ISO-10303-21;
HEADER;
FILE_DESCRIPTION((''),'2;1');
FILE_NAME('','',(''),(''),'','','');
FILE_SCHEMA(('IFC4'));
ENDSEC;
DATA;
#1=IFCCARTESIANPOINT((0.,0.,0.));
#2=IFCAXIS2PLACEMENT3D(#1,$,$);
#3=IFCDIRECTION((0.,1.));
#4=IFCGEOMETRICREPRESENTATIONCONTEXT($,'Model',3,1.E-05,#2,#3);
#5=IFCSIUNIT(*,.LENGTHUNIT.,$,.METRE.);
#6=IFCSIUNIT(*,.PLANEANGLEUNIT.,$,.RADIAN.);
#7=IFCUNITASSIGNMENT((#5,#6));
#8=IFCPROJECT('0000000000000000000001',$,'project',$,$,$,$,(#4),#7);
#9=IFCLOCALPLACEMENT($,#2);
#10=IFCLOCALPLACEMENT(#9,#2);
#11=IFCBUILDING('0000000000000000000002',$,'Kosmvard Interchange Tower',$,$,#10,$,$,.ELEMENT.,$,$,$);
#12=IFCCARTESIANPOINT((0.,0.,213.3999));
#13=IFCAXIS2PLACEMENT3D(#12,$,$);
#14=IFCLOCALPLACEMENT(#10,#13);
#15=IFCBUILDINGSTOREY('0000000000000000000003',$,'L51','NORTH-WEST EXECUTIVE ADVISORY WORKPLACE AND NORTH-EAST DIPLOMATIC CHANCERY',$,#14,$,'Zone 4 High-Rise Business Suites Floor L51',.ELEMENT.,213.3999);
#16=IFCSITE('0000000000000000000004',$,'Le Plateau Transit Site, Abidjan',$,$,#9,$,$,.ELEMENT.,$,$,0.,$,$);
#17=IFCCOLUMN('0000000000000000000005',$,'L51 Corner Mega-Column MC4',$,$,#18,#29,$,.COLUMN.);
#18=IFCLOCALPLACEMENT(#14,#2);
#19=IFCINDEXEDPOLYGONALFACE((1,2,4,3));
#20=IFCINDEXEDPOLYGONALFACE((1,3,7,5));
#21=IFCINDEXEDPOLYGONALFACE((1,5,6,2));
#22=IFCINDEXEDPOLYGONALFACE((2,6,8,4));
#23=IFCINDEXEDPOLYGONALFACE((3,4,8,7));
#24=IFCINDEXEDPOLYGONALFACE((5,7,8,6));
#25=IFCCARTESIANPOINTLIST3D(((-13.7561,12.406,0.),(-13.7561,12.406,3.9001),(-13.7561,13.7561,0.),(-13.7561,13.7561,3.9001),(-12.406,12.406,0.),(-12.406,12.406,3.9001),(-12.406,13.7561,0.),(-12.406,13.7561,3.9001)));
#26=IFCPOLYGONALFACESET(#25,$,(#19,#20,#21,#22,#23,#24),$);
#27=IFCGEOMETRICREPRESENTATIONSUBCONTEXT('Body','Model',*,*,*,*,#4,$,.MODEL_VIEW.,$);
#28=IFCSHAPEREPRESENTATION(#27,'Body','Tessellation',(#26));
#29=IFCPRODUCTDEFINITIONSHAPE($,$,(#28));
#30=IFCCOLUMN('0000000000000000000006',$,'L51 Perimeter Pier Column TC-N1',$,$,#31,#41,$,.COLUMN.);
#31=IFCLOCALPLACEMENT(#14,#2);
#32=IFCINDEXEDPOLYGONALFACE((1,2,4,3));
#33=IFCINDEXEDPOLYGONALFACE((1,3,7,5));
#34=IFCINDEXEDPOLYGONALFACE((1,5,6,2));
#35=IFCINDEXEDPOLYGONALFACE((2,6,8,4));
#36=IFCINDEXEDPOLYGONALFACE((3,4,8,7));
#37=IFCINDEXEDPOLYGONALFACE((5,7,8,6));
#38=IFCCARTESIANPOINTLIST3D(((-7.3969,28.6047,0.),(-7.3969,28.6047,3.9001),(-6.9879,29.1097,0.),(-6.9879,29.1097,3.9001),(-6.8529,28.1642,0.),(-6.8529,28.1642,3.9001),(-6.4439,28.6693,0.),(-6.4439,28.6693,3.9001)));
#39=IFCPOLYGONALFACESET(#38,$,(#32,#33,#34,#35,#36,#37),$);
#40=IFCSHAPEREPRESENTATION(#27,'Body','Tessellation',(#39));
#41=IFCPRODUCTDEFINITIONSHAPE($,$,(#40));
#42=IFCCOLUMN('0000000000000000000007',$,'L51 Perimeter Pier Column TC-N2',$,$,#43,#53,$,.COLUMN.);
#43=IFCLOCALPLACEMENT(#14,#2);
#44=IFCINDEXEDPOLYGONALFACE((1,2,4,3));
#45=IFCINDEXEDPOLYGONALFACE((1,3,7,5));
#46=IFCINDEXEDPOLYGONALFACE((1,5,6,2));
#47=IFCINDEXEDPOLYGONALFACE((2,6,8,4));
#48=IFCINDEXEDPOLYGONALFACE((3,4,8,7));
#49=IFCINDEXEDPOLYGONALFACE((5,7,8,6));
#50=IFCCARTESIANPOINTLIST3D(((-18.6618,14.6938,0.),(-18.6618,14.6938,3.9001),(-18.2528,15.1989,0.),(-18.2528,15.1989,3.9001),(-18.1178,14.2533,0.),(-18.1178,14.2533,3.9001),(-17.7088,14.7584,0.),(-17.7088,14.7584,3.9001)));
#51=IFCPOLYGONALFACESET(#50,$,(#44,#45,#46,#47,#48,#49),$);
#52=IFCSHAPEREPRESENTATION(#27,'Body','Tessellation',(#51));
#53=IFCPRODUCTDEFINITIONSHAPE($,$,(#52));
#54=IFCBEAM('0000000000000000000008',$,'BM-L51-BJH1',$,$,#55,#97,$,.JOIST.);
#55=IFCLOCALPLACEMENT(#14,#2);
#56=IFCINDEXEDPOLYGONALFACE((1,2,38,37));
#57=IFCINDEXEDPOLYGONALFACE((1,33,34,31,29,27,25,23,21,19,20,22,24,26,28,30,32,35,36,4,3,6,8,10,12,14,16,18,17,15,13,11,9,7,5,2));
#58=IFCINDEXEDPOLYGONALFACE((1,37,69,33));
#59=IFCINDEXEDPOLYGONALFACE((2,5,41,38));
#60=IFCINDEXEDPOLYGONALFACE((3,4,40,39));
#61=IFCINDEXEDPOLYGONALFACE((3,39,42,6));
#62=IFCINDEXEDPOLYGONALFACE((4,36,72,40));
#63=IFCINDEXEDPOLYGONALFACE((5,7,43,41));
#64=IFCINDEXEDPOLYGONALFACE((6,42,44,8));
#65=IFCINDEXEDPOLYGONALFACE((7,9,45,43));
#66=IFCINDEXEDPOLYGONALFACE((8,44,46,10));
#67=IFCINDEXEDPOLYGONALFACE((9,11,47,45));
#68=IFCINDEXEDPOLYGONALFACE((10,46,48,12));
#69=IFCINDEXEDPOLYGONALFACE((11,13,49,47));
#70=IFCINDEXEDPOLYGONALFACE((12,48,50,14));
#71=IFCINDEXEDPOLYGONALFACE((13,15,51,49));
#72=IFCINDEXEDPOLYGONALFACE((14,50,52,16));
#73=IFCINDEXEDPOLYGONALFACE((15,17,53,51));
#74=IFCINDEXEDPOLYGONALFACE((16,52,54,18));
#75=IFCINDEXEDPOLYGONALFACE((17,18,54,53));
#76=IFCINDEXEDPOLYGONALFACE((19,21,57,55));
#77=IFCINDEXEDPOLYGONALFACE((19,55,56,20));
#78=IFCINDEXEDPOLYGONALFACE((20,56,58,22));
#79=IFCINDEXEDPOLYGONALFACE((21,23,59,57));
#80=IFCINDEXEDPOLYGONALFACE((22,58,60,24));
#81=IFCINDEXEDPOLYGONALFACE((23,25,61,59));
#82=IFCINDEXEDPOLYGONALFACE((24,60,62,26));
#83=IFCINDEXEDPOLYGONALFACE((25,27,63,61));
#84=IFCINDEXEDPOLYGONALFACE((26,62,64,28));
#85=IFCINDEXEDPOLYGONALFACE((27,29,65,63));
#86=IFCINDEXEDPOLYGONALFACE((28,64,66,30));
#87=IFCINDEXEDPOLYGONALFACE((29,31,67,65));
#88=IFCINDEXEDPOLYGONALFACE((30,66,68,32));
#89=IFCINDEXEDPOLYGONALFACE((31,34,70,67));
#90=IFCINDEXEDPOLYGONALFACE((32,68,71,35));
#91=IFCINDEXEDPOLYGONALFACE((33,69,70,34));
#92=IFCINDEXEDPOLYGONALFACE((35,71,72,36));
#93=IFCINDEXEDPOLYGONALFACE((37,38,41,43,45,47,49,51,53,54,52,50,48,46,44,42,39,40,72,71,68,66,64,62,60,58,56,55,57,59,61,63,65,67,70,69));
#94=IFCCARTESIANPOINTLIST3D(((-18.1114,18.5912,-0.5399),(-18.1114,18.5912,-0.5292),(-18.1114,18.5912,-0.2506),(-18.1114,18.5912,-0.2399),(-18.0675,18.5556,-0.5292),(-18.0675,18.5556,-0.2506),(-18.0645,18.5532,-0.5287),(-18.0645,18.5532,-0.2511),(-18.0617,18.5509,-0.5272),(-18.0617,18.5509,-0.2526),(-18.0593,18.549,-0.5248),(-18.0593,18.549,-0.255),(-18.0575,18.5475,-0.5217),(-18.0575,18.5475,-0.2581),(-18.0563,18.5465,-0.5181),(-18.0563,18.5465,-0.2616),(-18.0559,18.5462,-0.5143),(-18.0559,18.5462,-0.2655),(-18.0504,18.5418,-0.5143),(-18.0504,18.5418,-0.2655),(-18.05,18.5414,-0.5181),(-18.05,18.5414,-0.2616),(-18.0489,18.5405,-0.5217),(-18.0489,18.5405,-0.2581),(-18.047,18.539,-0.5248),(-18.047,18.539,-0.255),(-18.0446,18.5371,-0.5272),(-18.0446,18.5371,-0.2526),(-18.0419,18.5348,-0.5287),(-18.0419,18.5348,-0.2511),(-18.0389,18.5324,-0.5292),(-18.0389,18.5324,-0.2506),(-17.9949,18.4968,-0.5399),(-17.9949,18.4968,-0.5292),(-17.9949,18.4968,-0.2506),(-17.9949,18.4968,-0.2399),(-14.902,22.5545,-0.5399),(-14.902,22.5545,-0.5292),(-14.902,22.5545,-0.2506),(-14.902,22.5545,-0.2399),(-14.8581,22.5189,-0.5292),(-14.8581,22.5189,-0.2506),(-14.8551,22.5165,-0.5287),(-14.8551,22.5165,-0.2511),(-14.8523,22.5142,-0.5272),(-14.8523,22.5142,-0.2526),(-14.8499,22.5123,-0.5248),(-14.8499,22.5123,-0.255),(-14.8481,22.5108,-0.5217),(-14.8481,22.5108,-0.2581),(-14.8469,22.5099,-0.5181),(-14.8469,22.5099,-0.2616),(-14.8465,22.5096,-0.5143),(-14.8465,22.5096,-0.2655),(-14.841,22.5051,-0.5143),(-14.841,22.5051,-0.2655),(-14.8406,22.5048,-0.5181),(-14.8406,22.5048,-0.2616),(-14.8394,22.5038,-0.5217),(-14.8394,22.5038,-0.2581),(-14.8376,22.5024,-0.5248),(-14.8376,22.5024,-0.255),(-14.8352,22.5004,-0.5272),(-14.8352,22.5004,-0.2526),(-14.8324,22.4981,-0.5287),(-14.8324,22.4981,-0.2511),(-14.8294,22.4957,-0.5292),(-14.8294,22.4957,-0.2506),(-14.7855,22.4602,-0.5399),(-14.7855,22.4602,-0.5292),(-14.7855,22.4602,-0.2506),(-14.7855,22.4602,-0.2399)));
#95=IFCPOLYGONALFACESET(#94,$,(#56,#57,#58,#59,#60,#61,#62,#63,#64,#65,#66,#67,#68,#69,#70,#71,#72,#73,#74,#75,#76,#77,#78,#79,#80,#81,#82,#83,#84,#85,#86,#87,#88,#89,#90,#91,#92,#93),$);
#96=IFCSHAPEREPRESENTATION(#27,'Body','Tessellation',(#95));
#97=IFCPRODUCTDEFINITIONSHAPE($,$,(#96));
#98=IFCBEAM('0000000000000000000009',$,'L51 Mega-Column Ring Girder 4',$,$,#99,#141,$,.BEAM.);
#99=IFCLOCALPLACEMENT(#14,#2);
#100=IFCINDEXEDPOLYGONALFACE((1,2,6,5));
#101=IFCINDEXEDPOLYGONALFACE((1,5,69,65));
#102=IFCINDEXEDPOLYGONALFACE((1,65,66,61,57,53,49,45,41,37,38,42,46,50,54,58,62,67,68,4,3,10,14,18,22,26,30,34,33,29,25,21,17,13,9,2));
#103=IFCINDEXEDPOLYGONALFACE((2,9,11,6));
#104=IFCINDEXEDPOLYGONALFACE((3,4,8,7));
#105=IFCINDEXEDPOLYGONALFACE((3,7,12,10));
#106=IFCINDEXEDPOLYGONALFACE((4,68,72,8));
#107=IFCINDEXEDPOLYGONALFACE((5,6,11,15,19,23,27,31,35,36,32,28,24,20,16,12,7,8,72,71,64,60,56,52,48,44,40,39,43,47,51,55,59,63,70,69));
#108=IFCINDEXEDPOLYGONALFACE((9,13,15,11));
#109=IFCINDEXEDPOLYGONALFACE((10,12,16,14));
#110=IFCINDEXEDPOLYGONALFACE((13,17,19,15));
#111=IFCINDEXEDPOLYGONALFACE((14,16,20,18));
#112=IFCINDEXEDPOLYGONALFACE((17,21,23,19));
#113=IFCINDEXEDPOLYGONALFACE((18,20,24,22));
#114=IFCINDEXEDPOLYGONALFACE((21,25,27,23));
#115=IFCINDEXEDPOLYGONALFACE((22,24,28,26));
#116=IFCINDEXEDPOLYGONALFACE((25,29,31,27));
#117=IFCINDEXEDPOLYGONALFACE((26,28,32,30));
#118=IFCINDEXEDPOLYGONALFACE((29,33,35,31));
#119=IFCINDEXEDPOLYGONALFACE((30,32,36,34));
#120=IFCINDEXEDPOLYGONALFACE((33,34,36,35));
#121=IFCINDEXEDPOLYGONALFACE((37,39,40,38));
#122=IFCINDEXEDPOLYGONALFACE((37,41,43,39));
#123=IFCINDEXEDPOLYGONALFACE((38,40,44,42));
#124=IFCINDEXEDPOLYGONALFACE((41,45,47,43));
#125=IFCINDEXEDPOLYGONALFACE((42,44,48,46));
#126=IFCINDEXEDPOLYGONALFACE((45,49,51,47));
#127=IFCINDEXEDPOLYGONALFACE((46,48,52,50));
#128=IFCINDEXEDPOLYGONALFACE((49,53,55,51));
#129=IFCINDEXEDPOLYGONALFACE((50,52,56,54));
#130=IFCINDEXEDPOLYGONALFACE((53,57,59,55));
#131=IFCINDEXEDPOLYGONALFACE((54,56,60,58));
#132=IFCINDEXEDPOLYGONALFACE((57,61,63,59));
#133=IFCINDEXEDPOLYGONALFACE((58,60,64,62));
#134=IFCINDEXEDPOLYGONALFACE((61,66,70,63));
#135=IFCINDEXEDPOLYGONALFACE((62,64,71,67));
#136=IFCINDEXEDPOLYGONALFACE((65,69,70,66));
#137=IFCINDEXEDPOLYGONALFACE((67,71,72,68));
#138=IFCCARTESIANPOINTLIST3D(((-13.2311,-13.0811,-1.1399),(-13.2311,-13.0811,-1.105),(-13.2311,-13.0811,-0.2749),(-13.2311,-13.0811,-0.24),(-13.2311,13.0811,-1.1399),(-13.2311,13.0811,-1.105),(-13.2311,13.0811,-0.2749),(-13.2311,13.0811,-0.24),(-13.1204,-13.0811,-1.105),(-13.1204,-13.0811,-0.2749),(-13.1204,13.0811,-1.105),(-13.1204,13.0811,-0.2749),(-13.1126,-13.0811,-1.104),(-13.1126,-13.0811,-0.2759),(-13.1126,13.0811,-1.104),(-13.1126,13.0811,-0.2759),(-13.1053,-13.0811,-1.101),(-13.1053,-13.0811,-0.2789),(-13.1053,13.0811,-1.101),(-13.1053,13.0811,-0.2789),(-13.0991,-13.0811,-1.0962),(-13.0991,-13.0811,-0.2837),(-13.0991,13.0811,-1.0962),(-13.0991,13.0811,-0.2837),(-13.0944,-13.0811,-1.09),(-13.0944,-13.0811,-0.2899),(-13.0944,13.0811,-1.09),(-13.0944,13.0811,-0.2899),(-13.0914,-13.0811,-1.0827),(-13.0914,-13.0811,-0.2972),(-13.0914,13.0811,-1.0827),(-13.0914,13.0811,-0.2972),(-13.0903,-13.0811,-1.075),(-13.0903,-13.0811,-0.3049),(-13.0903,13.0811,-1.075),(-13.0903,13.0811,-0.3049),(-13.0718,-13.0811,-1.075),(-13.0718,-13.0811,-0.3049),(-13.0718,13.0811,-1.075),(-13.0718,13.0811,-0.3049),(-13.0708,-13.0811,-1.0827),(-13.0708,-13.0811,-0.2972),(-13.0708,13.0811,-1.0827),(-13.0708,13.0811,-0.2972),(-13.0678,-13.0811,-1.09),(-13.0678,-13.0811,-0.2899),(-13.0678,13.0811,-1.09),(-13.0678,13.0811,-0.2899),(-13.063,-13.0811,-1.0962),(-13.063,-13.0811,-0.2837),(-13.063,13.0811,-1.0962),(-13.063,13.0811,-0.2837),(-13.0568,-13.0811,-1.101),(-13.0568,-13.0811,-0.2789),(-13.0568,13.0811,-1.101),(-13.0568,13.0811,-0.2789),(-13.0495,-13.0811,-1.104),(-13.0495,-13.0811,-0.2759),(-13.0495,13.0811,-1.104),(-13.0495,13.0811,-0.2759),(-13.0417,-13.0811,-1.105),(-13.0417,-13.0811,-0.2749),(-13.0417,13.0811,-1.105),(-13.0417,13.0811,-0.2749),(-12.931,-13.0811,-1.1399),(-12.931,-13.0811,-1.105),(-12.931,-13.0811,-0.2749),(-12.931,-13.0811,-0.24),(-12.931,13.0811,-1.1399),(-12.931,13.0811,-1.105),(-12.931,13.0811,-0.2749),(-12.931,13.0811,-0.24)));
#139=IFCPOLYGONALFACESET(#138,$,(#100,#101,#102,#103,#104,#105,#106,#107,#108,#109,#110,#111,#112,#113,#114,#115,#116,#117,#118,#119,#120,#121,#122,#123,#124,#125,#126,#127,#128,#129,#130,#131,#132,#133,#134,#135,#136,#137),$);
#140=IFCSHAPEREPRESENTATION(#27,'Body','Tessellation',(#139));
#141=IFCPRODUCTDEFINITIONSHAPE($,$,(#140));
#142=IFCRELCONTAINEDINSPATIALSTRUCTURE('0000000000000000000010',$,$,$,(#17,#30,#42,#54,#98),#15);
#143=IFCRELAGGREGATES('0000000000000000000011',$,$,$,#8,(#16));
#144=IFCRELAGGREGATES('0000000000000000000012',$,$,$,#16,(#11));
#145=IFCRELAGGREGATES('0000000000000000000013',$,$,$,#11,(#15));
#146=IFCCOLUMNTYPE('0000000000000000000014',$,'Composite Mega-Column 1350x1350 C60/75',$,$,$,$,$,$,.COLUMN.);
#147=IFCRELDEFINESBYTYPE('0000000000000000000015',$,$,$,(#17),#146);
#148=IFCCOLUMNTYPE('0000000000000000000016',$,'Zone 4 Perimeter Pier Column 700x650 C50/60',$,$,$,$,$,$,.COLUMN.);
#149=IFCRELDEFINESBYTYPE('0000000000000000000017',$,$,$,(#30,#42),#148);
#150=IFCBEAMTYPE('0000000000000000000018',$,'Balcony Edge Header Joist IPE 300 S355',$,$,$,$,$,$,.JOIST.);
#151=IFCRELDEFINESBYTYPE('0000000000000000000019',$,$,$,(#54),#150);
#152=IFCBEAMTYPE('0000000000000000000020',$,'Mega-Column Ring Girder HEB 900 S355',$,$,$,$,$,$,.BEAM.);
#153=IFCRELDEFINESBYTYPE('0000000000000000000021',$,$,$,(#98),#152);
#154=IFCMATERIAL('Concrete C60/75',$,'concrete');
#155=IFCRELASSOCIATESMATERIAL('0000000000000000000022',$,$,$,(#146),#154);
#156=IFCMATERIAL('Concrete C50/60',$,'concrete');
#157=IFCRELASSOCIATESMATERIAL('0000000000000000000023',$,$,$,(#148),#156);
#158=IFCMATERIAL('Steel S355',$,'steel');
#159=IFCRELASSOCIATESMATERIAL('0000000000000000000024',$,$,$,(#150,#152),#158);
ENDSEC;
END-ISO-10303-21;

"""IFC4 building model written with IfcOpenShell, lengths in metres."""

from ifc_helpers import new_model, si_unit, direction, frame, origin, origin_2d, place, context, subcontext, project, spatial, rectangle, i_section, extrude, source, transform, mapped, material, material_profile, profile_set, type_object, element, save


model = new_model("IFC4")

# Units and contexts
model_context = context("Model", 3, precision=1e-05, world=origin(), true_north=direction((0.0, 1.0)))
body_context = subcontext(model_context, "Body", "Model", "MODEL_VIEW")
ifc_project = project(units=[si_unit("LENGTHUNIT", "METRE"), si_unit("PLANEANGLEUNIT", "RADIAN")], contexts=[model_context])

# Site, building, storey
site_placement = place(None, origin())
site = spatial("IfcSite", under=ifc_project, at=site_placement, Name="Le Plateau Transit Site, Abidjan", CompositionType="ELEMENT", RefElevation=0.0)
building_placement = place(site_placement, origin())
building = spatial("IfcBuilding", under=site, at=building_placement, Name="Kosmvard Interchange Tower", CompositionType="ELEMENT")
storey_placement = place(building_placement, frame((0.0, 0.0, 213.3999)))
storey = spatial("IfcBuildingStorey", under=building, at=storey_placement, Name="L51", Description="NORTH-WEST EXECUTIVE ADVISORY WORKPLACE AND NORTH-EAST DIPLOMATIC CHANCERY", LongName="Zone 4 High-Rise Business Suites Floor L51", CompositionType="ELEMENT", Elevation=213.3999)

# Columns
ifc_material_1 = material(Name="Concrete C60/75", Category="concrete")
ifc_material_profile_1 = material_profile(ifc_material_1, rectangle(XDim=1.3501, YDim=1.3501, at=origin_2d()), Name="MC 1350x1350")
ifc_profile_set_1 = profile_set([ifc_material_profile_1], Name="Concrete C60/75")
column_type_1 = type_object("IfcColumnType", Name="Composite Mega-Column 1350x1350 C60/75", PredefinedType="COLUMN", material=ifc_profile_set_1)
shared_shape_1 = source(origin(), body_context, "Body", "SweptSolid", [
    extrude(rectangle(XDim=1.3501, YDim=1.3501, at=origin_2d()), origin(), (0.0, 0.0, 1.0), 3.9001),
])
column_placement = place(storey_placement, frame((-13.0811, 13.0811, 0.0), z_axis=(0.0, 0.0, 1.0), x_axis=(1.0, 0.0, 0.0)))
element("IfcColumn", 1, at=column_placement, inside=storey, type_object=column_type_1, Name="L51 Corner Mega-Column MC4", PredefinedType="COLUMN", context=body_context, shape_type="MappedRepresentation", body=[
    mapped(shared_shape_1, transform((0.0, 0.0, 0.0), scale=1.0)),
])
ifc_material_2 = material(Name="Concrete C50/60", Category="concrete")
ifc_material_profile_2 = material_profile(ifc_material_2, rectangle(XDim=0.6499, YDim=0.7, at=origin_2d()), Name="TC 700x650")
ifc_profile_set_2 = profile_set([ifc_material_profile_2], Name="Concrete C50/60")
column_type_2 = type_object("IfcColumnType", Name="Zone 4 Perimeter Pier Column 700x650 C50/60", PredefinedType="COLUMN", material=ifc_profile_set_2)
shared_shape_2 = source(origin(), body_context, "Body", "SweptSolid", [
    extrude(rectangle(XDim=0.6499, YDim=0.7, at=origin_2d()), origin(), (0.0, 0.0, 1.0), 3.9001),
])
for number, where, z_axis, x_axis, name in (
    (2, (-6.9204, 28.637, 0.0), (0.0, 0.0, 1.0), (0.62932, 0.777146, 0.0), "L51 Perimeter Pier Column TC-N1"),
    (3, (-18.1853, 14.7261, 0.0), (0.0, 0.0, 1.0), (0.62932, 0.777146, 0.0), "L51 Perimeter Pier Column TC-N2"),
):
    element("IfcColumn", number, at=place(storey_placement, frame(where, z_axis=z_axis, x_axis=x_axis)), inside=storey, type_object=column_type_2, Name=name, PredefinedType="COLUMN", context=body_context, shape_type="MappedRepresentation", body=[
        mapped(shared_shape_2, transform((0.0, 0.0, 0.0), scale=1.0)),
    ])

# Beams
ifc_material_3 = material(Name="Steel S355", Category="steel")
ifc_material_profile_3 = material_profile(ifc_material_3, i_section(OverallWidth=0.1499, OverallDepth=0.3, WebThickness=0.0071, FlangeThickness=0.0107, FilletRadius=0.0149, at=origin_2d()), Name="IPE 300")
ifc_profile_set_3 = profile_set([ifc_material_profile_3], Name="Steel S355")
beam_type_1 = type_object("IfcBeamType", Name="Balcony Edge Header Joist IPE 300 S355", PredefinedType="JOIST", material=ifc_profile_set_3)
shared_shape_3 = source(origin(), body_context, "Body", "SweptSolid", [
    extrude(i_section(OverallWidth=0.1499, OverallDepth=0.3, WebThickness=0.0071, FlangeThickness=0.0107, FilletRadius=0.0149, at=origin_2d()), origin(), (0.0, 0.0, 1.0), 5.0999),
])
beam_1_placement = place(storey_placement, frame((-14.8438, 22.5073, -0.3899), z_axis=(-0.629319, -0.777147, 0.0), x_axis=(0.777147, -0.629319, 0.0)))
element("IfcBeam", 4, at=beam_1_placement, inside=storey, type_object=beam_type_1, Name="BM-L51-BJH1", PredefinedType="JOIST", context=body_context, shape_type="MappedRepresentation", body=[
    mapped(shared_shape_3, transform((0.0, 0.0, 0.0), scale=1.0)),
])
ifc_material_profile_4 = material_profile(ifc_material_3, i_section(OverallWidth=0.3, OverallDepth=0.8999, WebThickness=0.0186, FlangeThickness=0.0349, FilletRadius=0.03, at=origin_2d()), Name="HEB 900")
ifc_profile_set_4 = profile_set([ifc_material_profile_4], Name="Steel S355")
beam_type_2 = type_object("IfcBeamType", Name="Mega-Column Ring Girder HEB 900 S355", PredefinedType="BEAM", material=ifc_profile_set_4)
shared_shape_4 = source(origin(), body_context, "Body", "SweptSolid", [
    extrude(i_section(OverallWidth=0.3, OverallDepth=0.8999, WebThickness=0.0186, FlangeThickness=0.0349, FilletRadius=0.03, at=origin_2d()), origin(), (0.0, 0.0, 1.0), 26.1621),
])
beam_2_placement = place(storey_placement, frame((-13.0811, 13.0811, -0.6899), z_axis=(0.0, -1.0, 0.0), x_axis=(1.0, 0.0, 0.0)))
element("IfcBeam", 5, at=beam_2_placement, inside=storey, type_object=beam_type_2, Name="L51 Mega-Column Ring Girder 4", PredefinedType="BEAM", context=body_context, shape_type="MappedRepresentation", body=[
    mapped(shared_shape_4, transform((0.0, 0.0, 0.0), scale=1.0)),
])

save(model, "model.ifc")
